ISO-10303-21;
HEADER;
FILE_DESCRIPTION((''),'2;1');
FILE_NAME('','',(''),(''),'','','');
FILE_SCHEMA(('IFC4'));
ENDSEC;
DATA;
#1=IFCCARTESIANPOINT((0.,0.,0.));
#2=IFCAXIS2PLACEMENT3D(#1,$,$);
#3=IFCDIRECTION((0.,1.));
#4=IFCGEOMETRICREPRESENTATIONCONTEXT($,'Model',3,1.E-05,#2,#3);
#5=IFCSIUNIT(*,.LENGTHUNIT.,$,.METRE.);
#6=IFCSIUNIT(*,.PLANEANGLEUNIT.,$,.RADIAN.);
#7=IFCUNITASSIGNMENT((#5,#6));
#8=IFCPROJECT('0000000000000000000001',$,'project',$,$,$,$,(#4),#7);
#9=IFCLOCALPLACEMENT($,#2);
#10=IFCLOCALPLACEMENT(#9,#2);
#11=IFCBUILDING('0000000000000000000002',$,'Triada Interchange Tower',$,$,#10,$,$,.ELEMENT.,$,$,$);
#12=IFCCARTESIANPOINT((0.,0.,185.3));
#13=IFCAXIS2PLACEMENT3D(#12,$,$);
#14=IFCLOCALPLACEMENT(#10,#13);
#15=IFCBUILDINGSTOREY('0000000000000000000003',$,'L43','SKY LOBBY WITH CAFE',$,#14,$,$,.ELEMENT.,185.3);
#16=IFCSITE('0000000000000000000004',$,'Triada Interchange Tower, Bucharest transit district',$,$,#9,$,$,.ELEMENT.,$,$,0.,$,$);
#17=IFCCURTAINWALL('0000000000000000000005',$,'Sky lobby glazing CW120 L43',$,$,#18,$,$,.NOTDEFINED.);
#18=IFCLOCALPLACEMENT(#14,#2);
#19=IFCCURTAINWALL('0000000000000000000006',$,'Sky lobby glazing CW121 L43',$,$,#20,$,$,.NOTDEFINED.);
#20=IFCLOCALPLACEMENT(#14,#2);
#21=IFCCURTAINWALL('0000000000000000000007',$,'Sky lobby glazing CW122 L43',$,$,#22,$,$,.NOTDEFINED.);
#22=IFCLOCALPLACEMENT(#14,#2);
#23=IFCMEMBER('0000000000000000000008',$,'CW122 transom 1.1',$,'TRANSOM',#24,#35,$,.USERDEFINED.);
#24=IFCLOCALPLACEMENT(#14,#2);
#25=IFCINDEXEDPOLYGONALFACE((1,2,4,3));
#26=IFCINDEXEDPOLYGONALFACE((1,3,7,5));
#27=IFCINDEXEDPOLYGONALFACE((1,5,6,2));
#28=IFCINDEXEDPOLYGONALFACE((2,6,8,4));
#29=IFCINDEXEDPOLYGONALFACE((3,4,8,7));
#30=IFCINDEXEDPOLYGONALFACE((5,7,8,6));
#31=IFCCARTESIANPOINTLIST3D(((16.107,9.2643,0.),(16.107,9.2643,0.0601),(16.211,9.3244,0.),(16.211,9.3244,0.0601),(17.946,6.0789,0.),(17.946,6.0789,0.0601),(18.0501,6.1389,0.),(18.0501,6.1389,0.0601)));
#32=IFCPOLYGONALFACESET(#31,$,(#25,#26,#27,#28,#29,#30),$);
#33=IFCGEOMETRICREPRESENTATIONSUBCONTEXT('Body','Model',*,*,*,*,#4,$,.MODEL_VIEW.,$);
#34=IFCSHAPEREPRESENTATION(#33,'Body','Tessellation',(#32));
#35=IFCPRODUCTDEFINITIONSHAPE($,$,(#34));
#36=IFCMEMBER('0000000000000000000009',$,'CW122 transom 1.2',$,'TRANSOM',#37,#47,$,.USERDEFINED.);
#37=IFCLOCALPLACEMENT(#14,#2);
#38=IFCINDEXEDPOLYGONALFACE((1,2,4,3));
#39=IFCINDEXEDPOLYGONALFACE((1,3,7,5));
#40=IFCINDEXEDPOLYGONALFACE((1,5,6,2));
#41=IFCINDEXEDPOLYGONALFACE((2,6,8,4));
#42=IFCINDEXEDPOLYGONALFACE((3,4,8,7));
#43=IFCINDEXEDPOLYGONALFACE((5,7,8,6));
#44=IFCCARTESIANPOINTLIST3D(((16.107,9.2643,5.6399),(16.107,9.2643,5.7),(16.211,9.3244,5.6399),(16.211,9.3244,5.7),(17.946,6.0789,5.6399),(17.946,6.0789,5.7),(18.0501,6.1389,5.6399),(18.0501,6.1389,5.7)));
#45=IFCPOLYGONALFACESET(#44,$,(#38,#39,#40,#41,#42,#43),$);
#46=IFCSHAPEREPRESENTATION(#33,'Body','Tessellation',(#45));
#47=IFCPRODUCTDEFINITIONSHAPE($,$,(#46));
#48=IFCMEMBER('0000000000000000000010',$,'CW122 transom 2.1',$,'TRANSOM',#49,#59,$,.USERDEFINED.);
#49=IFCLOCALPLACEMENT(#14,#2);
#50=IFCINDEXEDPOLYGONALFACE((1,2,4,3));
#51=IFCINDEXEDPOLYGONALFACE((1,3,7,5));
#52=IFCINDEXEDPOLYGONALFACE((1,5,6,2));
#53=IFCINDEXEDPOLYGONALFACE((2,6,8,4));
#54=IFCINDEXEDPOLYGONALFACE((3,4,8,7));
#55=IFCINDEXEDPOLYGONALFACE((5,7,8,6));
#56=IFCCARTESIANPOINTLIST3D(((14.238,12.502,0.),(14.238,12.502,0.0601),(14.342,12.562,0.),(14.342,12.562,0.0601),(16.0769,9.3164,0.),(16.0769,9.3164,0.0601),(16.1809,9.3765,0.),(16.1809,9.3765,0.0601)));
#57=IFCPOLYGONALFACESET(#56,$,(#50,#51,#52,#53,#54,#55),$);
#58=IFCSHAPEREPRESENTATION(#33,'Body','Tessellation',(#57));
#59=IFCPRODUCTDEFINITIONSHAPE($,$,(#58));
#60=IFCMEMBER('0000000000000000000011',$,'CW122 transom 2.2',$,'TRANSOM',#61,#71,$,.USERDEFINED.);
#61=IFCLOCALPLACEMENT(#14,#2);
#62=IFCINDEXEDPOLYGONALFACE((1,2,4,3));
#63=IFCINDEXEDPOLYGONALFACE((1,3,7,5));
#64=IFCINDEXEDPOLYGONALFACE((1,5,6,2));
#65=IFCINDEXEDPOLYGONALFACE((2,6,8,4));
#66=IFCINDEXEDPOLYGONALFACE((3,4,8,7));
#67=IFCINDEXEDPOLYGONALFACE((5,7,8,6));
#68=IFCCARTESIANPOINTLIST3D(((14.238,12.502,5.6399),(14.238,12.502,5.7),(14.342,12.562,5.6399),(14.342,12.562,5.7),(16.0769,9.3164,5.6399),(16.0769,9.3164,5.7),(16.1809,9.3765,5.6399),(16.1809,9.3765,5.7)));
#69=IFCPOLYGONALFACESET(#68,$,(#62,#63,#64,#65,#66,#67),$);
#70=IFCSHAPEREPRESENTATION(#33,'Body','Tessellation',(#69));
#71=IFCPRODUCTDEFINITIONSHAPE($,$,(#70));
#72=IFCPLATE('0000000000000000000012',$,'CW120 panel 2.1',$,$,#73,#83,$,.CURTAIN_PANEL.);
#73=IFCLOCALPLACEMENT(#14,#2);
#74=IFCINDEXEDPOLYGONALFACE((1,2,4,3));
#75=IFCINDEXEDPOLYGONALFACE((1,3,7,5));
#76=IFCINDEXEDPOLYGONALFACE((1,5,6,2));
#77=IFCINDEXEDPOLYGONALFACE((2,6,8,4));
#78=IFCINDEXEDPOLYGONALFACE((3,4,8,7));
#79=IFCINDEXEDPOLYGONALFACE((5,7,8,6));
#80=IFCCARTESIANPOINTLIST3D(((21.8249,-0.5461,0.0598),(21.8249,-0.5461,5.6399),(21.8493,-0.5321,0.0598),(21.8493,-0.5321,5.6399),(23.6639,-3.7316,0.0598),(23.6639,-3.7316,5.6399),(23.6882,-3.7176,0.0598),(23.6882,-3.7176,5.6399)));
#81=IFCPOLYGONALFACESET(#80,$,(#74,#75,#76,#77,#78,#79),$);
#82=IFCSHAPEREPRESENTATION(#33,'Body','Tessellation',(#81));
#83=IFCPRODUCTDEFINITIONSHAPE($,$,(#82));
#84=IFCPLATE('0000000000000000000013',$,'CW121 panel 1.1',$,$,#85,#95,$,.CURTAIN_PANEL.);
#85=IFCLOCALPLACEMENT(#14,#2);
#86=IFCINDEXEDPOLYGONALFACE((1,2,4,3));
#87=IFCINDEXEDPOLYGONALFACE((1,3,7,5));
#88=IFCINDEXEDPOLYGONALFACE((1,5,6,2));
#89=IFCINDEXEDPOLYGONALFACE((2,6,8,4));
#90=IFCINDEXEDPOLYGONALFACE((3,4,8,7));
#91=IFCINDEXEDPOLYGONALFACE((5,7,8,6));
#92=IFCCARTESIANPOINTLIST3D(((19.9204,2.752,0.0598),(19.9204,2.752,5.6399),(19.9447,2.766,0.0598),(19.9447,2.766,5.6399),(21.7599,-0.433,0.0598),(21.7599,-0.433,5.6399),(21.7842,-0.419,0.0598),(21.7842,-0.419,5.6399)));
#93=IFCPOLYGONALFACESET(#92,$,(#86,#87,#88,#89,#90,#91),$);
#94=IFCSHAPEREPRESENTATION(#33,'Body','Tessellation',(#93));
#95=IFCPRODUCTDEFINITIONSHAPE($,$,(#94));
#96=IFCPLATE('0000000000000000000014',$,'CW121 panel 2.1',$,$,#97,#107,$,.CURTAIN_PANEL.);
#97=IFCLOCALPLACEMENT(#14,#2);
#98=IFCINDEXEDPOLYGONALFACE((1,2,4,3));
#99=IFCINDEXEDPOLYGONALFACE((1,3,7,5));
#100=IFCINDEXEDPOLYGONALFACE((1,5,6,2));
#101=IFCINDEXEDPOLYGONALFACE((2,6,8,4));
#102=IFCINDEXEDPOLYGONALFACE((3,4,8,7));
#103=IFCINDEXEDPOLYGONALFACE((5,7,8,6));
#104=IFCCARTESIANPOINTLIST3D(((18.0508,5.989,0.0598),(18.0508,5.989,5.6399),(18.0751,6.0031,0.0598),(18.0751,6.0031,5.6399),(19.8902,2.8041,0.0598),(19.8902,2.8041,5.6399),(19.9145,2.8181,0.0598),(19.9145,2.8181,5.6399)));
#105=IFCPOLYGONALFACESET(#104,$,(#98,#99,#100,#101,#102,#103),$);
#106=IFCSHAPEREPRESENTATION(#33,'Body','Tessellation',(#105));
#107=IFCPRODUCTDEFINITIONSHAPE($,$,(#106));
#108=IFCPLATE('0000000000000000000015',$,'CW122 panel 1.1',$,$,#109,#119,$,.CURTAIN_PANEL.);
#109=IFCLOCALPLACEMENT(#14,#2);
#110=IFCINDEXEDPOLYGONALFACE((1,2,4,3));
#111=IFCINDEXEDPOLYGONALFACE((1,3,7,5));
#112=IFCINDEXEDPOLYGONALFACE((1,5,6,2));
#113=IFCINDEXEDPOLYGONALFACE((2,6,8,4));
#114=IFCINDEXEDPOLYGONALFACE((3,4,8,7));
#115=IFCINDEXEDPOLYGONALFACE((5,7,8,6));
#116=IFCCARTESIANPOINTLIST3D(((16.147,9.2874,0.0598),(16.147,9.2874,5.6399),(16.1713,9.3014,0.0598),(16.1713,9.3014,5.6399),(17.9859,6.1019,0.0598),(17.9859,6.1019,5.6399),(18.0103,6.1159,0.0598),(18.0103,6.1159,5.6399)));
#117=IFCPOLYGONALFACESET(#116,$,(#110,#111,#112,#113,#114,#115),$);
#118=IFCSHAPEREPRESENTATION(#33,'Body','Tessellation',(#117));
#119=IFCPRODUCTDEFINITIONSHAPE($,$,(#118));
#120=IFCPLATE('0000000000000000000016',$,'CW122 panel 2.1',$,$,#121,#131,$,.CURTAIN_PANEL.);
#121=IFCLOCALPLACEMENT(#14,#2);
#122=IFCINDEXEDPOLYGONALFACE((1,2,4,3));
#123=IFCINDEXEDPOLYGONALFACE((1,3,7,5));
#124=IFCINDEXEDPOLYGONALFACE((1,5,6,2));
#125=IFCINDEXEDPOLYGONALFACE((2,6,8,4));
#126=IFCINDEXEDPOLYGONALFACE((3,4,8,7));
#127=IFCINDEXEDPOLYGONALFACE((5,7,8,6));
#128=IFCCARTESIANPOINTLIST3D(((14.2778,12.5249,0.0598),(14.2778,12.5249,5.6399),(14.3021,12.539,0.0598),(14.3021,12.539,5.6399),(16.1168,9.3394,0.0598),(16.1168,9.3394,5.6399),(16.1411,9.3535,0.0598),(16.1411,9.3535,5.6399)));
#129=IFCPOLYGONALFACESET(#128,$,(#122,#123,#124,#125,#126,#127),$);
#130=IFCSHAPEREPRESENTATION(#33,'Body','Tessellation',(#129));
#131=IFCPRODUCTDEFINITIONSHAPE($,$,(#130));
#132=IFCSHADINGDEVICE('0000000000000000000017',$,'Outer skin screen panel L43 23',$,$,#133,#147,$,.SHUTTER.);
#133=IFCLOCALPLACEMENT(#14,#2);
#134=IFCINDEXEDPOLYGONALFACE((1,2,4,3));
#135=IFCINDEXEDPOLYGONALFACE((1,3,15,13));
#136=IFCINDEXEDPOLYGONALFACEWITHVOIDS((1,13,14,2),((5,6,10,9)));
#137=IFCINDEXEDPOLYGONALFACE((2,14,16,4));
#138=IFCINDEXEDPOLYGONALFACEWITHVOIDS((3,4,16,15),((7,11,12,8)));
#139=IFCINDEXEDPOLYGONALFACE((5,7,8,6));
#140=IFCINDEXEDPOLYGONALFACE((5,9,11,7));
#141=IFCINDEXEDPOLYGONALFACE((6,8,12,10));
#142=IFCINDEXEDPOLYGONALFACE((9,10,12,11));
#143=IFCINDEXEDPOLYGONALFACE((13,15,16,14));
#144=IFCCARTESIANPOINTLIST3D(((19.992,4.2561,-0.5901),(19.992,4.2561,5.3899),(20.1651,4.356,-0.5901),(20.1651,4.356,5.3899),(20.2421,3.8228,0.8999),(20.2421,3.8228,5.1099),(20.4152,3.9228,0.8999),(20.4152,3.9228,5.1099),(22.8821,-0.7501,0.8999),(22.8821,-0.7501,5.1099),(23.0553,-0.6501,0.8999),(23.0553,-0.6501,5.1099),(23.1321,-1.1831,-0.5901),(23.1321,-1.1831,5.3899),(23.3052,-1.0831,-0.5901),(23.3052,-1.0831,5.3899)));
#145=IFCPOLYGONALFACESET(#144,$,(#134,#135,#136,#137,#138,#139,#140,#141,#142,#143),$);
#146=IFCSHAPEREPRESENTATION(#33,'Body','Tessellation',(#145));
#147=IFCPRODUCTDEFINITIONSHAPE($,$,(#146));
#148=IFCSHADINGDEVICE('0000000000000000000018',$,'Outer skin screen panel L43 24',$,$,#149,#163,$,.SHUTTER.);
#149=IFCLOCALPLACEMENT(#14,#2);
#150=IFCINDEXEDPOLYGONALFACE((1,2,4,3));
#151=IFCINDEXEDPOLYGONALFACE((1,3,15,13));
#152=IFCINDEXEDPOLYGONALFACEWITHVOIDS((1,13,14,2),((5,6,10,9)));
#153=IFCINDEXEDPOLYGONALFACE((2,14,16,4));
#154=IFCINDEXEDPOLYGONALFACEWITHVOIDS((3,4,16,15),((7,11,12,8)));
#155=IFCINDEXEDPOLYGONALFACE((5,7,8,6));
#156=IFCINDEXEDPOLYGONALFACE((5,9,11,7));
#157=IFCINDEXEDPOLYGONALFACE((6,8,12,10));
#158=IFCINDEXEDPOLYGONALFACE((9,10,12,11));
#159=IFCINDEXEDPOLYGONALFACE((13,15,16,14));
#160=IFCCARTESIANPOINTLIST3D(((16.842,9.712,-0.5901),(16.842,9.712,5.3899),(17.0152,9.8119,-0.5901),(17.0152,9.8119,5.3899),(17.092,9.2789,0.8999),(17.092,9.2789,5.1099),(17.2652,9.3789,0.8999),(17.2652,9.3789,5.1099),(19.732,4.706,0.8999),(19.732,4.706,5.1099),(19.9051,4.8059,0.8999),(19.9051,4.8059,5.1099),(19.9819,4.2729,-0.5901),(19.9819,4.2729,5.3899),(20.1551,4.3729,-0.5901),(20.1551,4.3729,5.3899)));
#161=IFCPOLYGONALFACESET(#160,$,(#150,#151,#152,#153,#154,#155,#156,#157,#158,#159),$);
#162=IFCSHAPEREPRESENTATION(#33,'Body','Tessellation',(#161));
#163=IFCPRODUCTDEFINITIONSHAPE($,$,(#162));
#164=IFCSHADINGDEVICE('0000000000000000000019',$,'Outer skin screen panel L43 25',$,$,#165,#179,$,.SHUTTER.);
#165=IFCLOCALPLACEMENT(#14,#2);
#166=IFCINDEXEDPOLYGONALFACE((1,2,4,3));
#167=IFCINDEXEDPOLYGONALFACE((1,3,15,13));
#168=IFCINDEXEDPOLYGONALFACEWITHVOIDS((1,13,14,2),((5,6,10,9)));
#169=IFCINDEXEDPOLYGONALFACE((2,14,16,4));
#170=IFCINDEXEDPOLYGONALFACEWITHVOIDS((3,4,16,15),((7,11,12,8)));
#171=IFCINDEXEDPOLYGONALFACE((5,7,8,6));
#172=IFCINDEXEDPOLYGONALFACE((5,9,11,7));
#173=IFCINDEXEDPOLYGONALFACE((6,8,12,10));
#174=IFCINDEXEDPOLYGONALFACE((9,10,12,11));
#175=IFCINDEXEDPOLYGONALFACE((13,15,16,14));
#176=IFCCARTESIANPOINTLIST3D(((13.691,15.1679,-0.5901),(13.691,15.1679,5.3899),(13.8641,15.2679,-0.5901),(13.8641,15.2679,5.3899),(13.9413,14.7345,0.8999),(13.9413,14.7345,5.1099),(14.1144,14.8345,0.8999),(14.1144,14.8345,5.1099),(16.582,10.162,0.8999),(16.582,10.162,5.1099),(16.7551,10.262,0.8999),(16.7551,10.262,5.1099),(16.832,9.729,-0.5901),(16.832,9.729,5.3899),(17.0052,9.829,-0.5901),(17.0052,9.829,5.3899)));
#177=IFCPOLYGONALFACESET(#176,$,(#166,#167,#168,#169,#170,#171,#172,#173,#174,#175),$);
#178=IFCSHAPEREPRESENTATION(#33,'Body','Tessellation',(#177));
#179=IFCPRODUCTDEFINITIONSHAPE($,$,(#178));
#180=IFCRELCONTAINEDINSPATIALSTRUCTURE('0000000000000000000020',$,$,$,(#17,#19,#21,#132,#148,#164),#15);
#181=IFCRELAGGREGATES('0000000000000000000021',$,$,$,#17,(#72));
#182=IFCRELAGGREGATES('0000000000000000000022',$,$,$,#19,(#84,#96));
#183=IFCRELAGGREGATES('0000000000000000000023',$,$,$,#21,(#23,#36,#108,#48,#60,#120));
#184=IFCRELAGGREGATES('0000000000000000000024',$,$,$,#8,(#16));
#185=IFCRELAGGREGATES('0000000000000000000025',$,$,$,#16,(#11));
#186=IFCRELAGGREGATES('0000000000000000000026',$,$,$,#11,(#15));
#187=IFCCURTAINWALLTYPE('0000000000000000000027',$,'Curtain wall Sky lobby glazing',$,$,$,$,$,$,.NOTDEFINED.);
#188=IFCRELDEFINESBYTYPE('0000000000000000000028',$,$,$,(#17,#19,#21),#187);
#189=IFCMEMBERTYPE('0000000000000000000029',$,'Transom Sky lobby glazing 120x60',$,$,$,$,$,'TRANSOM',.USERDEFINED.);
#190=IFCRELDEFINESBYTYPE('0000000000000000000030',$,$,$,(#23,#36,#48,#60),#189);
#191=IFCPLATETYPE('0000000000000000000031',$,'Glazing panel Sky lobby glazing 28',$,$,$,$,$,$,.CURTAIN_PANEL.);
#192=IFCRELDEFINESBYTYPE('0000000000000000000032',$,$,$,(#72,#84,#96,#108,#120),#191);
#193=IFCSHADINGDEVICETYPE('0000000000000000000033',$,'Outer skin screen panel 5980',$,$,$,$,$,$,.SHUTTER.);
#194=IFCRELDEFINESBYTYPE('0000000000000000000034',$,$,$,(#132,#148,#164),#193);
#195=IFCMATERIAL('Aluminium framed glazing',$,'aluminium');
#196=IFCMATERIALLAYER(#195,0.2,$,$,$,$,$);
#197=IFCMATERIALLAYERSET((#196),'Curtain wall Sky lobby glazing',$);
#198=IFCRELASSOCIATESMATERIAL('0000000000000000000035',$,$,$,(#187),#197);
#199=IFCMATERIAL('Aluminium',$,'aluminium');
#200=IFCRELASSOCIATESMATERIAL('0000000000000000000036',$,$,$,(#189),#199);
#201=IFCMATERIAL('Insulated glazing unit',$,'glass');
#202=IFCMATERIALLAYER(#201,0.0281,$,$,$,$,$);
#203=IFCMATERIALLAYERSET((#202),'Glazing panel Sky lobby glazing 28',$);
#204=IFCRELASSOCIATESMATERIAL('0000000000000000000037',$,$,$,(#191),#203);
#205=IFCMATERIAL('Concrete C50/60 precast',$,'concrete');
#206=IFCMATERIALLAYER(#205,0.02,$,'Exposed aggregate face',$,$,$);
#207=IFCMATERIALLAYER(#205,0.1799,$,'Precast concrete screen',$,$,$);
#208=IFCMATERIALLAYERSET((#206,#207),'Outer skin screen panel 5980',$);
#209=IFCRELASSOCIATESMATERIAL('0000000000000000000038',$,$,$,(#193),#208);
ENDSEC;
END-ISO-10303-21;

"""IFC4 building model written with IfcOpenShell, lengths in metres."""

from ifc_helpers import new_model, si_unit, direction, frame, origin, origin_2d, place, context, subcontext, project, spatial, polyline, rectangle, outline, extrude, material, layer, layer_set, material_profile, profile_set, type_object, element, aggregate, save


model = new_model("IFC4")

# Units and contexts
model_context = context("Model", 3, precision=1e-05, world=origin(), true_north=direction((0.0, 1.0)))
body_context = subcontext(model_context, "Body", "Model", "MODEL_VIEW")
ifc_project = project(units=[si_unit("LENGTHUNIT", "METRE"), si_unit("PLANEANGLEUNIT", "RADIAN")], contexts=[model_context])

# Site, building, storey
site_placement = place(None, origin())
site = spatial("IfcSite", under=ifc_project, at=site_placement, Name="Triada Interchange Tower, Bucharest transit district", CompositionType="ELEMENT", RefElevation=0.0)
building_placement = place(site_placement, origin())
building = spatial("IfcBuilding", under=site, at=building_placement, Name="Triada Interchange Tower", CompositionType="ELEMENT")
storey_placement = place(building_placement, frame((0.0, 0.0, 185.3)))
storey = spatial("IfcBuildingStorey", under=building, at=storey_placement, Name="L43", Description="SKY LOBBY WITH CAFE", CompositionType="ELEMENT", Elevation=185.3)

# Curtain wall
ifc_material_1 = material(Name="Aluminium framed glazing", Category="aluminium")
ifc_layer_1 = layer(ifc_material_1, 0.2)
ifc_layer_set_1 = layer_set([ifc_layer_1], Name="Curtain wall Sky lobby glazing")
curtain_wall_type = type_object("IfcCurtainWallType", Name="Curtain wall Sky lobby glazing", PredefinedType="NOTDEFINED", material=ifc_layer_set_1)
curtain_wall_1_placement = place(storey_placement, origin())
curtain_wall_1 = element("IfcCurtainWall", 1, at=curtain_wall_1_placement, inside=storey, type_object=curtain_wall_type, Name="Sky lobby glazing CW120 L43", PredefinedType="NOTDEFINED")
ifc_material_2 = material(Name="Aluminium", Category="aluminium")

# Curtain walls
curtain_wall_2_placement = place(storey_placement, origin())
curtain_wall_2 = element("IfcCurtainWall", 2, at=curtain_wall_2_placement, inside=storey, type_object=curtain_wall_type, Name="Sky lobby glazing CW121 L43", PredefinedType="NOTDEFINED")
curtain_wall_3_placement = place(storey_placement, origin())
curtain_wall_3 = element("IfcCurtainWall", 3, at=curtain_wall_3_placement, inside=storey, type_object=curtain_wall_type, Name="Sky lobby glazing CW122 L43", PredefinedType="NOTDEFINED")

# Members
ifc_material_profile_1 = material_profile(ifc_material_2, rectangle(XDim=0.1201, YDim=0.0601, at=origin_2d()), Name="Aluminium transom")
ifc_profile_set_1 = profile_set([ifc_material_profile_1], Name="Aluminium")
member_type_1 = type_object("IfcMemberType", Name="Transom Sky lobby glazing 120x60", ElementType="TRANSOM", PredefinedType="USERDEFINED", material=ifc_profile_set_1)
member_1_placement = place(storey_placement, frame((17.998, 6.1089, 0.03), z_axis=(-0.499987, 0.866033, 0.0), x_axis=(-0.866033, -0.499987, 0.0)))
member_1 = element("IfcMember", 4, at=member_1_placement, type_object=member_type_1, Name="CW122 transom 1.1", ObjectType="TRANSOM", PredefinedType="USERDEFINED", context=body_context, shape_type="SweptSolid", body=[
    extrude(rectangle(XDim=0.1201, YDim=0.0601, at=origin_2d()), origin(), (0.0, 0.0, 1.0), 3.6782),
])
member_2_placement = place(storey_placement, frame((17.998, 6.1089, 5.6699), z_axis=(-0.499987, 0.866033, 0.0), x_axis=(-0.866033, -0.499987, 0.0)))
member_2 = element("IfcMember", 5, at=member_2_placement, type_object=member_type_1, Name="CW122 transom 1.2", ObjectType="TRANSOM", PredefinedType="USERDEFINED", context=body_context, shape_type="SweptSolid", body=[
    extrude(rectangle(XDim=0.1201, YDim=0.0601, at=origin_2d()), origin(), (0.0, 0.0, 1.0), 3.6782),
])
member_3_placement = place(storey_placement, frame((16.1289, 9.3464, 0.03), z_axis=(-0.499937, 0.866062, 0.0), x_axis=(-0.866062, -0.499937, 0.0)))
member_3 = element("IfcMember", 6, at=member_3_placement, type_object=member_type_1, Name="CW122 transom 2.1", ObjectType="TRANSOM", PredefinedType="USERDEFINED", context=body_context, shape_type="SweptSolid", body=[
    extrude(rectangle(XDim=0.1201, YDim=0.0601, at=origin_2d()), origin(), (0.0, 0.0, 1.0), 3.6782),
])
member_4_placement = place(storey_placement, frame((16.1289, 9.3464, 5.6699), z_axis=(-0.499937, 0.866062, 0.0), x_axis=(-0.866062, -0.499937, 0.0)))
member_4 = element("IfcMember", 7, at=member_4_placement, type_object=member_type_1, Name="CW122 transom 2.2", ObjectType="TRANSOM", PredefinedType="USERDEFINED", context=body_context, shape_type="SweptSolid", body=[
    extrude(rectangle(XDim=0.1201, YDim=0.0601, at=origin_2d()), origin(), (0.0, 0.0, 1.0), 3.6782),
])

# Plates
ifc_material_3 = material(Name="Insulated glazing unit", Category="glass")
ifc_layer_2 = layer(ifc_material_3, 0.0281)
ifc_layer_set_2 = layer_set([ifc_layer_2], Name="Glazing panel Sky lobby glazing 28")
plate_type = type_object("IfcPlateType", Name="Glazing panel Sky lobby glazing 28", PredefinedType="CURTAIN_PANEL", material=ifc_layer_set_2)
plate_1_placement = place(storey_placement, frame((22.7566, -2.1318, 0.0598), z_axis=(0.0, 0.0, 1.0), x_axis=(-0.499964, 0.866046, 0.0)))
plate_1 = element("IfcPlate", 8, at=plate_1_placement, type_object=plate_type, Name="CW120 panel 2.1", PredefinedType="CURTAIN_PANEL", context=body_context, shape_type="SweptSolid", body=[
    extrude(rectangle(XDim=3.6782, YDim=0.0281, at=origin_2d()), origin(), (0.0, 0.0, 1.0), 5.5801),
])
aggregate(curtain_wall_1, [plate_1])
plate_2_placement = place(storey_placement, frame((20.8523, 1.1665, 0.0598), z_axis=(0.0, 0.0, 1.0), x_axis=(-0.500121, 0.865956, 0.0)))
plate_2 = element("IfcPlate", 9, at=plate_2_placement, type_object=plate_type, Name="CW121 panel 1.1", PredefinedType="CURTAIN_PANEL", context=body_context, shape_type="SweptSolid", body=[
    extrude(rectangle(XDim=3.678, YDim=0.0281, at=origin_2d()), origin(), (0.0, 0.0, 1.0), 5.5801),
])
plate_3_placement = place(storey_placement, frame((18.9827, 4.4036, 0.0598), z_axis=(0.0, 0.0, 1.0), x_axis=(-0.500121, 0.865956, 0.0)))
plate_3 = element("IfcPlate", 10, at=plate_3_placement, type_object=plate_type, Name="CW121 panel 2.1", PredefinedType="CURTAIN_PANEL", context=body_context, shape_type="SweptSolid", body=[
    extrude(rectangle(XDim=3.678, YDim=0.0281, at=origin_2d()), origin(), (0.0, 0.0, 1.0), 5.5801),
])
aggregate(curtain_wall_2, [plate_2, plate_3])
plate_4_placement = place(storey_placement, frame((17.0786, 7.7017, 0.0598), z_axis=(0.0, 0.0, 1.0), x_axis=(-0.499964, 0.866046, 0.0)))
plate_4 = element("IfcPlate", 11, at=plate_4_placement, type_object=plate_type, Name="CW122 panel 1.1", PredefinedType="CURTAIN_PANEL", context=body_context, shape_type="SweptSolid", body=[
    extrude(rectangle(XDim=3.6782, YDim=0.0281, at=origin_2d()), origin(), (0.0, 0.0, 1.0), 5.5801),
])
plate_5_placement = place(storey_placement, frame((15.2095, 10.9392, 0.0598), z_axis=(0.0, 0.0, 1.0), x_axis=(-0.499964, 0.866046, 0.0)))
plate_5 = element("IfcPlate", 12, at=plate_5_placement, type_object=plate_type, Name="CW122 panel 2.1", PredefinedType="CURTAIN_PANEL", context=body_context, shape_type="SweptSolid", body=[
    extrude(rectangle(XDim=3.6782, YDim=0.0281, at=origin_2d()), origin(), (0.0, 0.0, 1.0), 5.5801),
])
aggregate(curtain_wall_3, [member_1, member_2, plate_4, member_3, member_4, plate_5])

# Shading devices
ifc_material_4 = material(Name="Concrete C50/60 precast", Category="concrete")
ifc_layer_3 = layer(ifc_material_4, 0.02, Name="Exposed aggregate face")
ifc_layer_4 = layer(ifc_material_4, 0.1799, Name="Precast concrete screen")
ifc_layer_set_3 = layer_set([ifc_layer_3, ifc_layer_4], Name="Outer skin screen panel 5980")
shading_device_type = type_object("IfcShadingDeviceType", Name="Outer skin screen panel 5980", PredefinedType="SHUTTER", material=ifc_layer_set_3)
shading_device_1_placement = place(storey_placement, frame((23.1321, -1.1831, -0.5901), z_axis=(0.0, 0.0, 1.0), x_axis=(-0.499977, 0.866039, 0.0)))
element("IfcShadingDevice", 13, at=shading_device_1_placement, inside=storey, type_object=shading_device_type, Name="Outer skin screen panel L43 23", PredefinedType="SHUTTER", context=body_context, shape_type="SweptSolid", body=[
    extrude(outline(polyline([(0.0, 0.0), (6.2805, 0.0), (6.2805, 5.98), (0.0, 5.98), (0.0, 0.0)]), holes=[polyline([(0.5, 1.49), (0.5, 5.7), (5.7803, 5.7), (5.7803, 1.49), (0.5, 1.49)])]), frame((0.0, 0.0, 0.0), z_axis=(0.0, -1.0, 0.0), x_axis=(1.0, 0.0, 0.0)), (0.0, 0.0, 1.0), 0.2),
])
shading_device_2_placement = place(storey_placement, frame((19.9819, 4.2729, -0.5901), z_axis=(0.0, 0.0, 1.0), x_axis=(-0.499965, 0.866046, 0.0)))
element("IfcShadingDevice", 14, at=shading_device_2_placement, inside=storey, type_object=shading_device_type, Name="Outer skin screen panel L43 24", PredefinedType="SHUTTER", context=body_context, shape_type="SweptSolid", body=[
    extrude(outline(polyline([(0.0, 0.0), (6.2803, 0.0), (6.2803, 5.98), (0.0, 5.98), (0.0, 0.0)]), holes=[polyline([(0.5, 1.49), (0.5, 5.7), (5.7803, 5.7), (5.7803, 1.49), (0.5, 1.49)])]), frame((0.0, 0.0, 0.0), z_axis=(0.0, -1.0, 0.0), x_axis=(1.0, 0.0, 0.0)), (0.0, 0.0, 1.0), 0.2),
])
shading_device_3_placement = place(storey_placement, frame((16.832, 9.729, -0.5901), z_axis=(0.0, 0.0, 1.0), x_axis=(-0.500111, 0.865962, 0.0)))
element("IfcShadingDevice", 15, at=shading_device_3_placement, inside=storey, type_object=shading_device_type, Name="Outer skin screen panel L43 25", PredefinedType="SHUTTER", context=body_context, shape_type="SweptSolid", body=[
    extrude(outline(polyline([(0.0, 0.0), (6.2808, 0.0), (6.2808, 5.98), (0.0, 5.98), (0.0, 0.0)]), holes=[polyline([(0.5, 1.49), (0.5, 5.7), (5.7803, 5.7), (5.7803, 1.49), (0.5, 1.49)])]), frame((0.0, 0.0, 0.0), z_axis=(0.0, -1.0, 0.0), x_axis=(1.0, 0.0, 0.0)), (0.0, 0.0, 1.0), 0.2),
])

save(model, "model.ifc")
